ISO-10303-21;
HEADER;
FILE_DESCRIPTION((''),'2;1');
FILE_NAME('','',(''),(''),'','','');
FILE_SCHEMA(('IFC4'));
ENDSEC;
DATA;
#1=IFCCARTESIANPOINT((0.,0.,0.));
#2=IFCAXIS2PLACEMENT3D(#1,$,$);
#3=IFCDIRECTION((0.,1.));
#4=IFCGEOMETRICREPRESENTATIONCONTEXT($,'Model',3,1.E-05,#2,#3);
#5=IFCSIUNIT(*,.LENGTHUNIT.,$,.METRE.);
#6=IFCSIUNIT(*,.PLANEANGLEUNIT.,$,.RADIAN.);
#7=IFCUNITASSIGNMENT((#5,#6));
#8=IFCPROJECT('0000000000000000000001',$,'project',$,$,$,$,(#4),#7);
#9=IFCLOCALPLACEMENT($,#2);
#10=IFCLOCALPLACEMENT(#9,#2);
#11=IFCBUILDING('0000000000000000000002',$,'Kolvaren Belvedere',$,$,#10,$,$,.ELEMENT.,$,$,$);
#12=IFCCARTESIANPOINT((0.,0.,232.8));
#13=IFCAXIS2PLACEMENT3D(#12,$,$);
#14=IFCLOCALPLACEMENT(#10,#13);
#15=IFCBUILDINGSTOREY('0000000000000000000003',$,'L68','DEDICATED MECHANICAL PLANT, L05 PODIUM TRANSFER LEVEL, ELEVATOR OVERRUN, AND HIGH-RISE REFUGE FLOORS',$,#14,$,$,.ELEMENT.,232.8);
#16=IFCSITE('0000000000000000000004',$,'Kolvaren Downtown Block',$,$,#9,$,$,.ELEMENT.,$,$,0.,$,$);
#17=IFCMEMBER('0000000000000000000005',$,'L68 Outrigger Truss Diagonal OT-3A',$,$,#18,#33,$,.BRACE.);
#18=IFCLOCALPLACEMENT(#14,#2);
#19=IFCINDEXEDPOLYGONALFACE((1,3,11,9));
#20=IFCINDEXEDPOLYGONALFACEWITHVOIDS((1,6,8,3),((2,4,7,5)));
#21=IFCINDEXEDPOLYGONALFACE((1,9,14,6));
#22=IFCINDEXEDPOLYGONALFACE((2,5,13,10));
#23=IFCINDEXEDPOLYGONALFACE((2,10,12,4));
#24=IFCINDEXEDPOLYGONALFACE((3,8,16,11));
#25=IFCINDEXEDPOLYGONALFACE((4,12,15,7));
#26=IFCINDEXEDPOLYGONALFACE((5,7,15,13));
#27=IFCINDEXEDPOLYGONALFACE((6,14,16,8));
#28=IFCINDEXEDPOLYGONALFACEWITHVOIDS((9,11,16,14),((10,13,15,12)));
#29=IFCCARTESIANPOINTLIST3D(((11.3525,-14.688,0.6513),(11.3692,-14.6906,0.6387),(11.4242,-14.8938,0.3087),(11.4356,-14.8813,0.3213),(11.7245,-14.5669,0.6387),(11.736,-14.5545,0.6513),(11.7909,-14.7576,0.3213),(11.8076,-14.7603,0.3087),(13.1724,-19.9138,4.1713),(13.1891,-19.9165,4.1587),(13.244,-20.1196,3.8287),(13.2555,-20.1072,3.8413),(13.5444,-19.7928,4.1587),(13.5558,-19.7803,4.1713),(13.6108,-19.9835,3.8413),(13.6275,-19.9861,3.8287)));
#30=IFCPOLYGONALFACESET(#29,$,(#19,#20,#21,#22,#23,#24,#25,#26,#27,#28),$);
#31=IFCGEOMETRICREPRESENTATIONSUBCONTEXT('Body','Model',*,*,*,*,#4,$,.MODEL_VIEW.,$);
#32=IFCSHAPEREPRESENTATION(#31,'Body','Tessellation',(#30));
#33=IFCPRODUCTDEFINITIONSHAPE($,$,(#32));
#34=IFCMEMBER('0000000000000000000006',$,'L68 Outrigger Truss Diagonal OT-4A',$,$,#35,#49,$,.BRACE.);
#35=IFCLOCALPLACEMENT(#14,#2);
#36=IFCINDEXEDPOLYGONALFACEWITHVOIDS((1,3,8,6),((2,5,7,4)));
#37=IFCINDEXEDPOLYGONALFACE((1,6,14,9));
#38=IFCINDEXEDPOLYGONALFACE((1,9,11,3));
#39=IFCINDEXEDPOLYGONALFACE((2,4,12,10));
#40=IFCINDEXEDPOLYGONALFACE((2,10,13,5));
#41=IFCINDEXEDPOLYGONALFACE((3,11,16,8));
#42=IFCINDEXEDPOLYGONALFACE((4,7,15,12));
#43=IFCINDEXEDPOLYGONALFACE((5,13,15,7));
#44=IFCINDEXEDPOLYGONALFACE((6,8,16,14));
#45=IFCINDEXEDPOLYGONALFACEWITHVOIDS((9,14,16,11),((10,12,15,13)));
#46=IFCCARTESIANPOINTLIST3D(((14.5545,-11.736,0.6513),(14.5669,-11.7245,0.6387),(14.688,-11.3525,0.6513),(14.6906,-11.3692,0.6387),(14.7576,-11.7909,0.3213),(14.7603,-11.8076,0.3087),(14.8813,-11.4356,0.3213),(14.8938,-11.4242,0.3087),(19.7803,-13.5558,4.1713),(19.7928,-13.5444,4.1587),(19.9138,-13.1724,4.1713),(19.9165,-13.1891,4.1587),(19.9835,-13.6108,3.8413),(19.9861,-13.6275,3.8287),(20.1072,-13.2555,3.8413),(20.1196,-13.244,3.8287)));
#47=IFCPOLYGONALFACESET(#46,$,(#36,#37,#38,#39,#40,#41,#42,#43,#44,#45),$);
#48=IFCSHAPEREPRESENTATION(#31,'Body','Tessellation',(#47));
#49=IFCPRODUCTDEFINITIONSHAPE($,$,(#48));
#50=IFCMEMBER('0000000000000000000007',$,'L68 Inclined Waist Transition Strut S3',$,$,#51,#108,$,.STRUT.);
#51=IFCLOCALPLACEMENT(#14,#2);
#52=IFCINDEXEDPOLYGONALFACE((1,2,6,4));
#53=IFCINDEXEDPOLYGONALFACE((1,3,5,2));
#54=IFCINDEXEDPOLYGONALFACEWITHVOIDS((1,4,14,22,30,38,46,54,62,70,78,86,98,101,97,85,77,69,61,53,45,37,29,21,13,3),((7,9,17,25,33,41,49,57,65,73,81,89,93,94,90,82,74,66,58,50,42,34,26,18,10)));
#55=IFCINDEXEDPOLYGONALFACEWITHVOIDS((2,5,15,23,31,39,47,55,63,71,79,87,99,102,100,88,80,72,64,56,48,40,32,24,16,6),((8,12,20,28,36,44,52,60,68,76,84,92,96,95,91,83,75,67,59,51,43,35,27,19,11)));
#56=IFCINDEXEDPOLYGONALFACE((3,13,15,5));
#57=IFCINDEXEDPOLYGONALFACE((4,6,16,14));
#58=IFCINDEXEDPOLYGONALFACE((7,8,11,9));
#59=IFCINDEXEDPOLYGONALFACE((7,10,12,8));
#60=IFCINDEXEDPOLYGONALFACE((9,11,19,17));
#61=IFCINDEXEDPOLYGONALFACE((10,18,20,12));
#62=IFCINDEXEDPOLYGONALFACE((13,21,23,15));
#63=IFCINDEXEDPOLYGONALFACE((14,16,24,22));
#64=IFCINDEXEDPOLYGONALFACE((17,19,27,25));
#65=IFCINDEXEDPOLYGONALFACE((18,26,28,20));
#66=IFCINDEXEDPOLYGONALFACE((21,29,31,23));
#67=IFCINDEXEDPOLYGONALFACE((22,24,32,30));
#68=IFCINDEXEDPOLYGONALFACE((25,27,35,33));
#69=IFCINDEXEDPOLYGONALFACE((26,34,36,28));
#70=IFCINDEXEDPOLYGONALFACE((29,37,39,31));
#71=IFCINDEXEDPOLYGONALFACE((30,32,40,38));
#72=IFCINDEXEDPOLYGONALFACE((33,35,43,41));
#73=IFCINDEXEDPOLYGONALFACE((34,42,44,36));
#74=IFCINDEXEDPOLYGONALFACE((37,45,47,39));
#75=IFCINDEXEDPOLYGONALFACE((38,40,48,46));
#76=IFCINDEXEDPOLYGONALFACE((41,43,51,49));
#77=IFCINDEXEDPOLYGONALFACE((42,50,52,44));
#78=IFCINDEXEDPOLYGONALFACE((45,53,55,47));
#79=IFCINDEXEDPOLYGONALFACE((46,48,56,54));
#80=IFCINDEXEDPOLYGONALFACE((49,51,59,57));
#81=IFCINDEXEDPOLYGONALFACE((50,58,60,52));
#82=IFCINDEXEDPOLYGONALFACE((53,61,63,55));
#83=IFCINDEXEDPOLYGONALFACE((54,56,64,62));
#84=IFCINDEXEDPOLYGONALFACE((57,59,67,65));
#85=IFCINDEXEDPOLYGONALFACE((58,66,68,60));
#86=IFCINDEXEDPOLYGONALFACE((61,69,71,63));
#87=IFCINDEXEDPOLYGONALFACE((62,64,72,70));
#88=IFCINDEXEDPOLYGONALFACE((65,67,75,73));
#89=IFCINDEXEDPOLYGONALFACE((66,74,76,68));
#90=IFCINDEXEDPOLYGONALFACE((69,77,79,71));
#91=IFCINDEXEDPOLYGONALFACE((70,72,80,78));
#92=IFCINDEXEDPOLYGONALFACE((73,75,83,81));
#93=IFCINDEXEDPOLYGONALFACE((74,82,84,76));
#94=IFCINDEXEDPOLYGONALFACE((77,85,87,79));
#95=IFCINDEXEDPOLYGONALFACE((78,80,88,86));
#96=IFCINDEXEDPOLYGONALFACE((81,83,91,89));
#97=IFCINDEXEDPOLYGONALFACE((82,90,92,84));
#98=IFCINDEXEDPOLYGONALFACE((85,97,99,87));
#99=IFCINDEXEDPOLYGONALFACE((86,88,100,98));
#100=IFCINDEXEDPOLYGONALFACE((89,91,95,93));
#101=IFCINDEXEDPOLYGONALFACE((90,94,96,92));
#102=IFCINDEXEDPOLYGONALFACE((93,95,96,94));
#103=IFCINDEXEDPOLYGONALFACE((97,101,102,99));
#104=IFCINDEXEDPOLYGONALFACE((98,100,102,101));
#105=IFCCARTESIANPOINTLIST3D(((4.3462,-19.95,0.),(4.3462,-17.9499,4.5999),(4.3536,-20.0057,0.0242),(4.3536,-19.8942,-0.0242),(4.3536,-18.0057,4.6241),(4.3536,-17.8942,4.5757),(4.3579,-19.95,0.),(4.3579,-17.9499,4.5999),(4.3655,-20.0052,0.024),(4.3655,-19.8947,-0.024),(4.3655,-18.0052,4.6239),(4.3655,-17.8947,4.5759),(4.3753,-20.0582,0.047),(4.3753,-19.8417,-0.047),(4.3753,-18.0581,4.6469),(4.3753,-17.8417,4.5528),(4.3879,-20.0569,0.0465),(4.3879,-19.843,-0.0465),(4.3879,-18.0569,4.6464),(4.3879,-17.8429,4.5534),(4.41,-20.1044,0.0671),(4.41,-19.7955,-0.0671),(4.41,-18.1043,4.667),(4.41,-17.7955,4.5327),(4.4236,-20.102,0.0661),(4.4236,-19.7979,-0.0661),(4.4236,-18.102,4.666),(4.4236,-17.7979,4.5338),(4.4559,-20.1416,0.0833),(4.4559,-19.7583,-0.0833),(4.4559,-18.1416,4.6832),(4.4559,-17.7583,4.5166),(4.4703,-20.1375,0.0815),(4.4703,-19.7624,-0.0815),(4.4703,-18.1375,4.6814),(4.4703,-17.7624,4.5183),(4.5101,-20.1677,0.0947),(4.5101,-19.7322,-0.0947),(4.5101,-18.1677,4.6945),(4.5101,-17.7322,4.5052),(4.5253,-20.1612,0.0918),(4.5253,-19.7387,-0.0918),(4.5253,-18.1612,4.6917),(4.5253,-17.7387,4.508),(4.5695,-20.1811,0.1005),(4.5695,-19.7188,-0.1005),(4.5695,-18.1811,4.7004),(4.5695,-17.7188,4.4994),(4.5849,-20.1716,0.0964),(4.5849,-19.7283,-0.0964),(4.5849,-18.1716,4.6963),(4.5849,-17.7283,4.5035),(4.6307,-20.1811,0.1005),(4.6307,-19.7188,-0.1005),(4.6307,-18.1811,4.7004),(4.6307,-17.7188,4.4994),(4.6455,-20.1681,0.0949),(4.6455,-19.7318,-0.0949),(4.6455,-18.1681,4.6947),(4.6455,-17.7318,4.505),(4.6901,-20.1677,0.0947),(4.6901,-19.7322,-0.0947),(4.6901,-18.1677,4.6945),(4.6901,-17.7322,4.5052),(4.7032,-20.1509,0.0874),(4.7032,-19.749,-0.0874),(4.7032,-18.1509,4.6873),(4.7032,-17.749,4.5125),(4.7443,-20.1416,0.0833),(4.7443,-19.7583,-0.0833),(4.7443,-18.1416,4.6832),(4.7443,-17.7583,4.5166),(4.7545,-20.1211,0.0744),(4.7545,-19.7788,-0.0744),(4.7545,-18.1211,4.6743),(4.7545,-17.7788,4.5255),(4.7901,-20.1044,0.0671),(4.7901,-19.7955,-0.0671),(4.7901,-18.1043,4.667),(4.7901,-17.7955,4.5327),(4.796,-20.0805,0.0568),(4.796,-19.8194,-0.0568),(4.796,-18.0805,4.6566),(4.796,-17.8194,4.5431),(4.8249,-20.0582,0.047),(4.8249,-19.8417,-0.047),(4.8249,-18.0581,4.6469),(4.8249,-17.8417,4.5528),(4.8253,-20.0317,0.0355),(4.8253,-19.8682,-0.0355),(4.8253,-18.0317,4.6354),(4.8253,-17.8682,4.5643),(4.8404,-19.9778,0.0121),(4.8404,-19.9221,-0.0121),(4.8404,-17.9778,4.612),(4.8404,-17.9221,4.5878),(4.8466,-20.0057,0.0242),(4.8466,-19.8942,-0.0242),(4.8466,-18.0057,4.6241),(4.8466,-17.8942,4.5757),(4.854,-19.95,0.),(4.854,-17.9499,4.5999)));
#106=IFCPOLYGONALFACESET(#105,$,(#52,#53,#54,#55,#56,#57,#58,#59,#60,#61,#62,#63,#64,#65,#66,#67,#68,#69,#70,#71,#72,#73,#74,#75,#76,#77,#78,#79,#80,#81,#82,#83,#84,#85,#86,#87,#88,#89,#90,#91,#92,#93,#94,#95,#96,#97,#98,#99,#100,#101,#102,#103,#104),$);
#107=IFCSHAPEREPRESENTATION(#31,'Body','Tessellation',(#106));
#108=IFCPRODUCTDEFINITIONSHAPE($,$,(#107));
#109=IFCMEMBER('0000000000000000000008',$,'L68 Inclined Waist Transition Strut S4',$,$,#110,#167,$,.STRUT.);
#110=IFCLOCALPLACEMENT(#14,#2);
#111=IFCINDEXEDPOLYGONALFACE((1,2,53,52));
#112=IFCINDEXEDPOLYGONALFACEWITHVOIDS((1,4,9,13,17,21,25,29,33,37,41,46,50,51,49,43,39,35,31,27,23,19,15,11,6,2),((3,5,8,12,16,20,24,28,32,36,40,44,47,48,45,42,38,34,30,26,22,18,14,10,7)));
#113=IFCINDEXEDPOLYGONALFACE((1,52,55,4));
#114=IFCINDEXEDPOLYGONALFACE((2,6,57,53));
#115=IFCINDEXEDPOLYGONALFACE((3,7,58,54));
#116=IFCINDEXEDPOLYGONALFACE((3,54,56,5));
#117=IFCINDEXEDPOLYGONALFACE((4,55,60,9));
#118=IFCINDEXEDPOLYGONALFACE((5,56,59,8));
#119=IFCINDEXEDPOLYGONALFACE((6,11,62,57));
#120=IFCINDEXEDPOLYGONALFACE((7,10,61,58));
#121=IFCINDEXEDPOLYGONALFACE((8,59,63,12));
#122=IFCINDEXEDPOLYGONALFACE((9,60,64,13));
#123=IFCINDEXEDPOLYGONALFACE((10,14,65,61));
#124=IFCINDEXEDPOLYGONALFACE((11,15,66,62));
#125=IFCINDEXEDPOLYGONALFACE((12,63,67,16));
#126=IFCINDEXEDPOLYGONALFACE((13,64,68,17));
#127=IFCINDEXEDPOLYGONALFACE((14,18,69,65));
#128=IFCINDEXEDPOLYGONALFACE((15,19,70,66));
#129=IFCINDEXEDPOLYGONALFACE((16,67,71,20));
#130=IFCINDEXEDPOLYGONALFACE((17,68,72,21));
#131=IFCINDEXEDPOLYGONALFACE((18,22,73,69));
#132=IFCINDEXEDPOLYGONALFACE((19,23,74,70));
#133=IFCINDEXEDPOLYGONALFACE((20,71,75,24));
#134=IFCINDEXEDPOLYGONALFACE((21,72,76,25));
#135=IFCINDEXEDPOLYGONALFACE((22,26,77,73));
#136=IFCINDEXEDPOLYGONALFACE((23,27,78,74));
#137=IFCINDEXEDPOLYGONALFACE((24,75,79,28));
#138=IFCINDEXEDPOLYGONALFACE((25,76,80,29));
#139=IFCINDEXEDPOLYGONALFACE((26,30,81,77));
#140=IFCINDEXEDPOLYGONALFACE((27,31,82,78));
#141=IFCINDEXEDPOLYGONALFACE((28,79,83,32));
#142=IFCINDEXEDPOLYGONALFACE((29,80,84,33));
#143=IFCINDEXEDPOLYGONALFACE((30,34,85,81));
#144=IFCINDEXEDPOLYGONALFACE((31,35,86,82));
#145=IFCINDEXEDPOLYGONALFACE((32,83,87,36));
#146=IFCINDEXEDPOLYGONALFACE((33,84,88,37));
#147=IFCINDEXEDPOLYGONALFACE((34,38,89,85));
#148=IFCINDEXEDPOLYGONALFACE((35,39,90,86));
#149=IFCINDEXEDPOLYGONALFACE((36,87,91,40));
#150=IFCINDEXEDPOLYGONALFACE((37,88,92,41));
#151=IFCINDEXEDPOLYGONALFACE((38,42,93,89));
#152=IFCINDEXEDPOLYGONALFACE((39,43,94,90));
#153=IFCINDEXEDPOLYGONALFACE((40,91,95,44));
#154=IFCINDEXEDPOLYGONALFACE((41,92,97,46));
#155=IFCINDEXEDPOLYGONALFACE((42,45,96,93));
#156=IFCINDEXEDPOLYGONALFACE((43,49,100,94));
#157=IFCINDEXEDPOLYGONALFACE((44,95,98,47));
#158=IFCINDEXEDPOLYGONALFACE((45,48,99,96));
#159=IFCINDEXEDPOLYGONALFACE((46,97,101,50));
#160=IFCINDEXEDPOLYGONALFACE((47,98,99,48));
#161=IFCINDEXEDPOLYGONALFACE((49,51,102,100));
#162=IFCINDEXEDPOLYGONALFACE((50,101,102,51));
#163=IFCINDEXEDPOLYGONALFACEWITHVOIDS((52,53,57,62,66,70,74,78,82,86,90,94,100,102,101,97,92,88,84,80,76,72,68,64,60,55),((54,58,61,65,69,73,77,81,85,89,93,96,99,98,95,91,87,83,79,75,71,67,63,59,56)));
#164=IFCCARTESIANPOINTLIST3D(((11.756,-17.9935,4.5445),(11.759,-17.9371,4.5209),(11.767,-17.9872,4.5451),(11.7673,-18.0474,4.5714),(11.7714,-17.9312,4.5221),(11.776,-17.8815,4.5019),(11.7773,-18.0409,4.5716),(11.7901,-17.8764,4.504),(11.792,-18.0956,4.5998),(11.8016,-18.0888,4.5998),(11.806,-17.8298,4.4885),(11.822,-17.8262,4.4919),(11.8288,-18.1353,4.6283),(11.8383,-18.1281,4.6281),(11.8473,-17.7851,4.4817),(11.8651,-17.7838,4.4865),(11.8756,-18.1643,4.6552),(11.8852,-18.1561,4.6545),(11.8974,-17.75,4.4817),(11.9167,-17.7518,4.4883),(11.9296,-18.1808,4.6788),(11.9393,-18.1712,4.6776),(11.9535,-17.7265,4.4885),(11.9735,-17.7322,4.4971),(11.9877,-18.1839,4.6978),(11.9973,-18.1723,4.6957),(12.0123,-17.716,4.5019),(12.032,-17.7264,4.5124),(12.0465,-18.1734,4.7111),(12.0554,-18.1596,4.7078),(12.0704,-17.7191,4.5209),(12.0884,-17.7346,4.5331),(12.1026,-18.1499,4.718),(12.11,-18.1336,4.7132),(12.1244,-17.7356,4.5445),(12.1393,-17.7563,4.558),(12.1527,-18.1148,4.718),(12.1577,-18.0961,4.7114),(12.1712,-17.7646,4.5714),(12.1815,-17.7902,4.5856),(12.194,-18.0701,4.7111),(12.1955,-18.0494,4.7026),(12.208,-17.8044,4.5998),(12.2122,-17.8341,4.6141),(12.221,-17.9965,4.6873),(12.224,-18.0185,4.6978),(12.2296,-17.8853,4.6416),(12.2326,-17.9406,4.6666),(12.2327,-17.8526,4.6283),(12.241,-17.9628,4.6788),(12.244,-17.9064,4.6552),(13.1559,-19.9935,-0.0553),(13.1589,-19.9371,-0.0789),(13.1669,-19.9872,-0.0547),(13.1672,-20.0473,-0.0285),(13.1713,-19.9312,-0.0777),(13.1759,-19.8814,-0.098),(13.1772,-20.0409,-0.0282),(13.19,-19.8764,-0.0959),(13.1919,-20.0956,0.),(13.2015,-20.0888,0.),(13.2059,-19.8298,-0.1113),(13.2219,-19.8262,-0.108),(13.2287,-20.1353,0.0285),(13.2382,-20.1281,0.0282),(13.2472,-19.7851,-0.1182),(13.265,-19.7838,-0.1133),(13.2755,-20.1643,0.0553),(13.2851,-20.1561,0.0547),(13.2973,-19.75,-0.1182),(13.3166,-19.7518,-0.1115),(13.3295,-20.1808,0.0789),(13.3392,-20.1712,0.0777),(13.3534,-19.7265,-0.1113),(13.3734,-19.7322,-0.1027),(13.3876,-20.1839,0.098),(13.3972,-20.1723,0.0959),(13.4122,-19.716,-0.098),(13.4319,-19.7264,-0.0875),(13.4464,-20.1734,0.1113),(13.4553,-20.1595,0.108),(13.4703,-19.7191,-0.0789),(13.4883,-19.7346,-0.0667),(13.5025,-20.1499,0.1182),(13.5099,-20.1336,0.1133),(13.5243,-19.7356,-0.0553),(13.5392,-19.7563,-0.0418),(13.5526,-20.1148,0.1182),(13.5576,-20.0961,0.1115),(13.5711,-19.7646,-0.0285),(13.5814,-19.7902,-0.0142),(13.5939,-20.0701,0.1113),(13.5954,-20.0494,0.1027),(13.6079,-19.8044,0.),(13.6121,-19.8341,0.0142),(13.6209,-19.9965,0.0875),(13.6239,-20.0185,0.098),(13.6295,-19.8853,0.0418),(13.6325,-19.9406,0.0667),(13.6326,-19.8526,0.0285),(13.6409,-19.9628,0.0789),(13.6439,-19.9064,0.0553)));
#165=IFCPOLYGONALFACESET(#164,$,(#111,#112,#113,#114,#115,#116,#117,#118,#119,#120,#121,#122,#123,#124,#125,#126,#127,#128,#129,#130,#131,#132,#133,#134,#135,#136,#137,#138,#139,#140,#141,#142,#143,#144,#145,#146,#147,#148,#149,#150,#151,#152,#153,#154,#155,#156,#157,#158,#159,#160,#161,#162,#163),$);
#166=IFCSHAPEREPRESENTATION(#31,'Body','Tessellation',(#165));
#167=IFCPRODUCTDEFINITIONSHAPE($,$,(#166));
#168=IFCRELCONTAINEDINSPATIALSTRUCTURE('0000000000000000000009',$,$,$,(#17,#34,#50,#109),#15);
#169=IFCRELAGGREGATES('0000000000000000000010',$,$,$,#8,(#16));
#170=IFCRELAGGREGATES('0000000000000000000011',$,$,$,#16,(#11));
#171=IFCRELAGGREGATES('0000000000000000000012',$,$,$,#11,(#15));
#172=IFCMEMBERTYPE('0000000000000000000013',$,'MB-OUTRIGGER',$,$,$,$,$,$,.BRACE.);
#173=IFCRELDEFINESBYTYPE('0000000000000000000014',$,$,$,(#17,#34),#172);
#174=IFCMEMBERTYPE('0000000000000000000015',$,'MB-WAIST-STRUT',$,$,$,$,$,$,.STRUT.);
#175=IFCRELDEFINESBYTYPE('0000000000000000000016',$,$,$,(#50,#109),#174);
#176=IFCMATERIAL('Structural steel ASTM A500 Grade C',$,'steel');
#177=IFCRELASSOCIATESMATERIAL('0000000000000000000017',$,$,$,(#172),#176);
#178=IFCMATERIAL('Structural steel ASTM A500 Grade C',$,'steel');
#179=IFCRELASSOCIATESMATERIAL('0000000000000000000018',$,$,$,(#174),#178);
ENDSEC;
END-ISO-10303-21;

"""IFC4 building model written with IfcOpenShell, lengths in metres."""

from ifc_helpers import new_model, si_unit, direction, frame, origin, origin_2d, place, context, subcontext, project, spatial, hollow_rectangle, hollow_circle, extrude, material, material_profile, profile_set, type_object, element, save


model = new_model("IFC4")

# Units and contexts
model_context = context("Model", 3, precision=1e-05, world=origin(), true_north=direction((0.0, 1.0)))
body_context = subcontext(model_context, "Body", "Model", "MODEL_VIEW")
ifc_project = project(units=[si_unit("LENGTHUNIT", "METRE"), si_unit("PLANEANGLEUNIT", "RADIAN")], contexts=[model_context])

# Site, building, storey
site_placement = place(None, origin())
site = spatial("IfcSite", under=ifc_project, at=site_placement, Name="Kolvaren Downtown Block", CompositionType="ELEMENT", RefElevation=0.0)
building_placement = place(site_placement, origin())
building = spatial("IfcBuilding", under=site, at=building_placement, Name="Kolvaren Belvedere", CompositionType="ELEMENT")
storey_placement = place(building_placement, frame((0.0, 0.0, 232.8)))
storey = spatial("IfcBuildingStorey", under=building, at=storey_placement, Name="L68", Description="DEDICATED MECHANICAL PLANT, L05 PODIUM TRANSFER LEVEL, ELEVATOR OVERRUN, AND HIGH-RISE REFUGE FLOORS", CompositionType="ELEMENT", Elevation=232.8)

# Members
ifc_material_1 = material(Name="Structural steel ASTM A500 Grade C", Category="steel")
ifc_material_profile_1 = material_profile(ifc_material_1, hollow_rectangle(XDim=0.406, YDim=0.406, WallThickness=0.0149, at=origin_2d()), Name="HSS16X16X5/8")
ifc_profile_set_1 = profile_set([ifc_material_profile_1], Name="Structural steel ASTM A500 Grade C")
member_type_1 = type_object("IfcMemberType", Name="MB-OUTRIGGER", PredefinedType="BRACE", material=ifc_profile_set_1)
for number, where, z_axis, x_axis, name in (
    (1, (11.5801, -14.7241, 0.48), (0.277483, -0.796824, 0.536726), (0.944377, 0.328866, 0.0), "L68 Outrigger Truss Diagonal OT-3A"),
    (2, (14.7241, -11.5801, 0.48), (0.796824, -0.277483, 0.536726), (0.328866, 0.944377, 0.0), "L68 Outrigger Truss Diagonal OT-4A"),
):
    element("IfcMember", number, at=place(storey_placement, frame(where, z_axis=z_axis, x_axis=x_axis)), inside=storey, type_object=member_type_1, Name=name, PredefinedType="BRACE", context=body_context, shape_type="SweptSolid", body=[
        extrude(hollow_rectangle(XDim=0.406, YDim=0.406, WallThickness=0.0149, at=origin_2d()), origin(), (0.0, 0.0, 1.0), 6.5583),
    ])
ifc_material_2 = material(Name="Structural steel ASTM A500 Grade C", Category="steel")
ifc_material_profile_2 = material_profile(ifc_material_2, hollow_circle(Radius=0.2539, WallThickness=0.0117, at=origin_2d()), Name="HSS20.000X0.500")
ifc_profile_set_2 = profile_set([ifc_material_profile_2], Name="Structural steel ASTM A500 Grade C")
member_type_2 = type_object("IfcMemberType", Name="MB-WAIST-STRUT", PredefinedType="STRUT", material=ifc_profile_set_2)
member_placement = place(storey_placement, frame((4.6001, -19.95, 0.0), z_axis=(0.0, 0.398737, 0.917065), x_axis=(-1.0, 0.0, 0.0)))
element("IfcMember", 3, at=member_placement, inside=storey, type_object=member_type_2, Name="L68 Inclined Waist Transition Strut S3", PredefinedType="STRUT", context=body_context, shape_type="SweptSolid", body=[
    extrude(hollow_circle(Radius=0.2539, WallThickness=0.0117, at=origin_2d()), origin(), (0.0, 0.0, 1.0), 5.0159),
])
for number, where, z_axis, x_axis, name in (
    (4, (13.3999, -19.95, 0.0), (-0.268823, 0.384059, 0.883308), (-0.819251, -0.573435, 0.0), "L68 Inclined Waist Transition Strut S4"),
):
    element("IfcMember", number, at=place(storey_placement, frame(where, z_axis=z_axis, x_axis=x_axis)), inside=storey, type_object=member_type_2, Name=name, PredefinedType="STRUT", context=body_context, shape_type="SweptSolid", body=[
        extrude(hollow_circle(Radius=0.2539, WallThickness=0.0117, at=origin_2d()), origin(), (0.0, 0.0, 1.0), 5.2075),
    ])

save(model, "model.ifc")
